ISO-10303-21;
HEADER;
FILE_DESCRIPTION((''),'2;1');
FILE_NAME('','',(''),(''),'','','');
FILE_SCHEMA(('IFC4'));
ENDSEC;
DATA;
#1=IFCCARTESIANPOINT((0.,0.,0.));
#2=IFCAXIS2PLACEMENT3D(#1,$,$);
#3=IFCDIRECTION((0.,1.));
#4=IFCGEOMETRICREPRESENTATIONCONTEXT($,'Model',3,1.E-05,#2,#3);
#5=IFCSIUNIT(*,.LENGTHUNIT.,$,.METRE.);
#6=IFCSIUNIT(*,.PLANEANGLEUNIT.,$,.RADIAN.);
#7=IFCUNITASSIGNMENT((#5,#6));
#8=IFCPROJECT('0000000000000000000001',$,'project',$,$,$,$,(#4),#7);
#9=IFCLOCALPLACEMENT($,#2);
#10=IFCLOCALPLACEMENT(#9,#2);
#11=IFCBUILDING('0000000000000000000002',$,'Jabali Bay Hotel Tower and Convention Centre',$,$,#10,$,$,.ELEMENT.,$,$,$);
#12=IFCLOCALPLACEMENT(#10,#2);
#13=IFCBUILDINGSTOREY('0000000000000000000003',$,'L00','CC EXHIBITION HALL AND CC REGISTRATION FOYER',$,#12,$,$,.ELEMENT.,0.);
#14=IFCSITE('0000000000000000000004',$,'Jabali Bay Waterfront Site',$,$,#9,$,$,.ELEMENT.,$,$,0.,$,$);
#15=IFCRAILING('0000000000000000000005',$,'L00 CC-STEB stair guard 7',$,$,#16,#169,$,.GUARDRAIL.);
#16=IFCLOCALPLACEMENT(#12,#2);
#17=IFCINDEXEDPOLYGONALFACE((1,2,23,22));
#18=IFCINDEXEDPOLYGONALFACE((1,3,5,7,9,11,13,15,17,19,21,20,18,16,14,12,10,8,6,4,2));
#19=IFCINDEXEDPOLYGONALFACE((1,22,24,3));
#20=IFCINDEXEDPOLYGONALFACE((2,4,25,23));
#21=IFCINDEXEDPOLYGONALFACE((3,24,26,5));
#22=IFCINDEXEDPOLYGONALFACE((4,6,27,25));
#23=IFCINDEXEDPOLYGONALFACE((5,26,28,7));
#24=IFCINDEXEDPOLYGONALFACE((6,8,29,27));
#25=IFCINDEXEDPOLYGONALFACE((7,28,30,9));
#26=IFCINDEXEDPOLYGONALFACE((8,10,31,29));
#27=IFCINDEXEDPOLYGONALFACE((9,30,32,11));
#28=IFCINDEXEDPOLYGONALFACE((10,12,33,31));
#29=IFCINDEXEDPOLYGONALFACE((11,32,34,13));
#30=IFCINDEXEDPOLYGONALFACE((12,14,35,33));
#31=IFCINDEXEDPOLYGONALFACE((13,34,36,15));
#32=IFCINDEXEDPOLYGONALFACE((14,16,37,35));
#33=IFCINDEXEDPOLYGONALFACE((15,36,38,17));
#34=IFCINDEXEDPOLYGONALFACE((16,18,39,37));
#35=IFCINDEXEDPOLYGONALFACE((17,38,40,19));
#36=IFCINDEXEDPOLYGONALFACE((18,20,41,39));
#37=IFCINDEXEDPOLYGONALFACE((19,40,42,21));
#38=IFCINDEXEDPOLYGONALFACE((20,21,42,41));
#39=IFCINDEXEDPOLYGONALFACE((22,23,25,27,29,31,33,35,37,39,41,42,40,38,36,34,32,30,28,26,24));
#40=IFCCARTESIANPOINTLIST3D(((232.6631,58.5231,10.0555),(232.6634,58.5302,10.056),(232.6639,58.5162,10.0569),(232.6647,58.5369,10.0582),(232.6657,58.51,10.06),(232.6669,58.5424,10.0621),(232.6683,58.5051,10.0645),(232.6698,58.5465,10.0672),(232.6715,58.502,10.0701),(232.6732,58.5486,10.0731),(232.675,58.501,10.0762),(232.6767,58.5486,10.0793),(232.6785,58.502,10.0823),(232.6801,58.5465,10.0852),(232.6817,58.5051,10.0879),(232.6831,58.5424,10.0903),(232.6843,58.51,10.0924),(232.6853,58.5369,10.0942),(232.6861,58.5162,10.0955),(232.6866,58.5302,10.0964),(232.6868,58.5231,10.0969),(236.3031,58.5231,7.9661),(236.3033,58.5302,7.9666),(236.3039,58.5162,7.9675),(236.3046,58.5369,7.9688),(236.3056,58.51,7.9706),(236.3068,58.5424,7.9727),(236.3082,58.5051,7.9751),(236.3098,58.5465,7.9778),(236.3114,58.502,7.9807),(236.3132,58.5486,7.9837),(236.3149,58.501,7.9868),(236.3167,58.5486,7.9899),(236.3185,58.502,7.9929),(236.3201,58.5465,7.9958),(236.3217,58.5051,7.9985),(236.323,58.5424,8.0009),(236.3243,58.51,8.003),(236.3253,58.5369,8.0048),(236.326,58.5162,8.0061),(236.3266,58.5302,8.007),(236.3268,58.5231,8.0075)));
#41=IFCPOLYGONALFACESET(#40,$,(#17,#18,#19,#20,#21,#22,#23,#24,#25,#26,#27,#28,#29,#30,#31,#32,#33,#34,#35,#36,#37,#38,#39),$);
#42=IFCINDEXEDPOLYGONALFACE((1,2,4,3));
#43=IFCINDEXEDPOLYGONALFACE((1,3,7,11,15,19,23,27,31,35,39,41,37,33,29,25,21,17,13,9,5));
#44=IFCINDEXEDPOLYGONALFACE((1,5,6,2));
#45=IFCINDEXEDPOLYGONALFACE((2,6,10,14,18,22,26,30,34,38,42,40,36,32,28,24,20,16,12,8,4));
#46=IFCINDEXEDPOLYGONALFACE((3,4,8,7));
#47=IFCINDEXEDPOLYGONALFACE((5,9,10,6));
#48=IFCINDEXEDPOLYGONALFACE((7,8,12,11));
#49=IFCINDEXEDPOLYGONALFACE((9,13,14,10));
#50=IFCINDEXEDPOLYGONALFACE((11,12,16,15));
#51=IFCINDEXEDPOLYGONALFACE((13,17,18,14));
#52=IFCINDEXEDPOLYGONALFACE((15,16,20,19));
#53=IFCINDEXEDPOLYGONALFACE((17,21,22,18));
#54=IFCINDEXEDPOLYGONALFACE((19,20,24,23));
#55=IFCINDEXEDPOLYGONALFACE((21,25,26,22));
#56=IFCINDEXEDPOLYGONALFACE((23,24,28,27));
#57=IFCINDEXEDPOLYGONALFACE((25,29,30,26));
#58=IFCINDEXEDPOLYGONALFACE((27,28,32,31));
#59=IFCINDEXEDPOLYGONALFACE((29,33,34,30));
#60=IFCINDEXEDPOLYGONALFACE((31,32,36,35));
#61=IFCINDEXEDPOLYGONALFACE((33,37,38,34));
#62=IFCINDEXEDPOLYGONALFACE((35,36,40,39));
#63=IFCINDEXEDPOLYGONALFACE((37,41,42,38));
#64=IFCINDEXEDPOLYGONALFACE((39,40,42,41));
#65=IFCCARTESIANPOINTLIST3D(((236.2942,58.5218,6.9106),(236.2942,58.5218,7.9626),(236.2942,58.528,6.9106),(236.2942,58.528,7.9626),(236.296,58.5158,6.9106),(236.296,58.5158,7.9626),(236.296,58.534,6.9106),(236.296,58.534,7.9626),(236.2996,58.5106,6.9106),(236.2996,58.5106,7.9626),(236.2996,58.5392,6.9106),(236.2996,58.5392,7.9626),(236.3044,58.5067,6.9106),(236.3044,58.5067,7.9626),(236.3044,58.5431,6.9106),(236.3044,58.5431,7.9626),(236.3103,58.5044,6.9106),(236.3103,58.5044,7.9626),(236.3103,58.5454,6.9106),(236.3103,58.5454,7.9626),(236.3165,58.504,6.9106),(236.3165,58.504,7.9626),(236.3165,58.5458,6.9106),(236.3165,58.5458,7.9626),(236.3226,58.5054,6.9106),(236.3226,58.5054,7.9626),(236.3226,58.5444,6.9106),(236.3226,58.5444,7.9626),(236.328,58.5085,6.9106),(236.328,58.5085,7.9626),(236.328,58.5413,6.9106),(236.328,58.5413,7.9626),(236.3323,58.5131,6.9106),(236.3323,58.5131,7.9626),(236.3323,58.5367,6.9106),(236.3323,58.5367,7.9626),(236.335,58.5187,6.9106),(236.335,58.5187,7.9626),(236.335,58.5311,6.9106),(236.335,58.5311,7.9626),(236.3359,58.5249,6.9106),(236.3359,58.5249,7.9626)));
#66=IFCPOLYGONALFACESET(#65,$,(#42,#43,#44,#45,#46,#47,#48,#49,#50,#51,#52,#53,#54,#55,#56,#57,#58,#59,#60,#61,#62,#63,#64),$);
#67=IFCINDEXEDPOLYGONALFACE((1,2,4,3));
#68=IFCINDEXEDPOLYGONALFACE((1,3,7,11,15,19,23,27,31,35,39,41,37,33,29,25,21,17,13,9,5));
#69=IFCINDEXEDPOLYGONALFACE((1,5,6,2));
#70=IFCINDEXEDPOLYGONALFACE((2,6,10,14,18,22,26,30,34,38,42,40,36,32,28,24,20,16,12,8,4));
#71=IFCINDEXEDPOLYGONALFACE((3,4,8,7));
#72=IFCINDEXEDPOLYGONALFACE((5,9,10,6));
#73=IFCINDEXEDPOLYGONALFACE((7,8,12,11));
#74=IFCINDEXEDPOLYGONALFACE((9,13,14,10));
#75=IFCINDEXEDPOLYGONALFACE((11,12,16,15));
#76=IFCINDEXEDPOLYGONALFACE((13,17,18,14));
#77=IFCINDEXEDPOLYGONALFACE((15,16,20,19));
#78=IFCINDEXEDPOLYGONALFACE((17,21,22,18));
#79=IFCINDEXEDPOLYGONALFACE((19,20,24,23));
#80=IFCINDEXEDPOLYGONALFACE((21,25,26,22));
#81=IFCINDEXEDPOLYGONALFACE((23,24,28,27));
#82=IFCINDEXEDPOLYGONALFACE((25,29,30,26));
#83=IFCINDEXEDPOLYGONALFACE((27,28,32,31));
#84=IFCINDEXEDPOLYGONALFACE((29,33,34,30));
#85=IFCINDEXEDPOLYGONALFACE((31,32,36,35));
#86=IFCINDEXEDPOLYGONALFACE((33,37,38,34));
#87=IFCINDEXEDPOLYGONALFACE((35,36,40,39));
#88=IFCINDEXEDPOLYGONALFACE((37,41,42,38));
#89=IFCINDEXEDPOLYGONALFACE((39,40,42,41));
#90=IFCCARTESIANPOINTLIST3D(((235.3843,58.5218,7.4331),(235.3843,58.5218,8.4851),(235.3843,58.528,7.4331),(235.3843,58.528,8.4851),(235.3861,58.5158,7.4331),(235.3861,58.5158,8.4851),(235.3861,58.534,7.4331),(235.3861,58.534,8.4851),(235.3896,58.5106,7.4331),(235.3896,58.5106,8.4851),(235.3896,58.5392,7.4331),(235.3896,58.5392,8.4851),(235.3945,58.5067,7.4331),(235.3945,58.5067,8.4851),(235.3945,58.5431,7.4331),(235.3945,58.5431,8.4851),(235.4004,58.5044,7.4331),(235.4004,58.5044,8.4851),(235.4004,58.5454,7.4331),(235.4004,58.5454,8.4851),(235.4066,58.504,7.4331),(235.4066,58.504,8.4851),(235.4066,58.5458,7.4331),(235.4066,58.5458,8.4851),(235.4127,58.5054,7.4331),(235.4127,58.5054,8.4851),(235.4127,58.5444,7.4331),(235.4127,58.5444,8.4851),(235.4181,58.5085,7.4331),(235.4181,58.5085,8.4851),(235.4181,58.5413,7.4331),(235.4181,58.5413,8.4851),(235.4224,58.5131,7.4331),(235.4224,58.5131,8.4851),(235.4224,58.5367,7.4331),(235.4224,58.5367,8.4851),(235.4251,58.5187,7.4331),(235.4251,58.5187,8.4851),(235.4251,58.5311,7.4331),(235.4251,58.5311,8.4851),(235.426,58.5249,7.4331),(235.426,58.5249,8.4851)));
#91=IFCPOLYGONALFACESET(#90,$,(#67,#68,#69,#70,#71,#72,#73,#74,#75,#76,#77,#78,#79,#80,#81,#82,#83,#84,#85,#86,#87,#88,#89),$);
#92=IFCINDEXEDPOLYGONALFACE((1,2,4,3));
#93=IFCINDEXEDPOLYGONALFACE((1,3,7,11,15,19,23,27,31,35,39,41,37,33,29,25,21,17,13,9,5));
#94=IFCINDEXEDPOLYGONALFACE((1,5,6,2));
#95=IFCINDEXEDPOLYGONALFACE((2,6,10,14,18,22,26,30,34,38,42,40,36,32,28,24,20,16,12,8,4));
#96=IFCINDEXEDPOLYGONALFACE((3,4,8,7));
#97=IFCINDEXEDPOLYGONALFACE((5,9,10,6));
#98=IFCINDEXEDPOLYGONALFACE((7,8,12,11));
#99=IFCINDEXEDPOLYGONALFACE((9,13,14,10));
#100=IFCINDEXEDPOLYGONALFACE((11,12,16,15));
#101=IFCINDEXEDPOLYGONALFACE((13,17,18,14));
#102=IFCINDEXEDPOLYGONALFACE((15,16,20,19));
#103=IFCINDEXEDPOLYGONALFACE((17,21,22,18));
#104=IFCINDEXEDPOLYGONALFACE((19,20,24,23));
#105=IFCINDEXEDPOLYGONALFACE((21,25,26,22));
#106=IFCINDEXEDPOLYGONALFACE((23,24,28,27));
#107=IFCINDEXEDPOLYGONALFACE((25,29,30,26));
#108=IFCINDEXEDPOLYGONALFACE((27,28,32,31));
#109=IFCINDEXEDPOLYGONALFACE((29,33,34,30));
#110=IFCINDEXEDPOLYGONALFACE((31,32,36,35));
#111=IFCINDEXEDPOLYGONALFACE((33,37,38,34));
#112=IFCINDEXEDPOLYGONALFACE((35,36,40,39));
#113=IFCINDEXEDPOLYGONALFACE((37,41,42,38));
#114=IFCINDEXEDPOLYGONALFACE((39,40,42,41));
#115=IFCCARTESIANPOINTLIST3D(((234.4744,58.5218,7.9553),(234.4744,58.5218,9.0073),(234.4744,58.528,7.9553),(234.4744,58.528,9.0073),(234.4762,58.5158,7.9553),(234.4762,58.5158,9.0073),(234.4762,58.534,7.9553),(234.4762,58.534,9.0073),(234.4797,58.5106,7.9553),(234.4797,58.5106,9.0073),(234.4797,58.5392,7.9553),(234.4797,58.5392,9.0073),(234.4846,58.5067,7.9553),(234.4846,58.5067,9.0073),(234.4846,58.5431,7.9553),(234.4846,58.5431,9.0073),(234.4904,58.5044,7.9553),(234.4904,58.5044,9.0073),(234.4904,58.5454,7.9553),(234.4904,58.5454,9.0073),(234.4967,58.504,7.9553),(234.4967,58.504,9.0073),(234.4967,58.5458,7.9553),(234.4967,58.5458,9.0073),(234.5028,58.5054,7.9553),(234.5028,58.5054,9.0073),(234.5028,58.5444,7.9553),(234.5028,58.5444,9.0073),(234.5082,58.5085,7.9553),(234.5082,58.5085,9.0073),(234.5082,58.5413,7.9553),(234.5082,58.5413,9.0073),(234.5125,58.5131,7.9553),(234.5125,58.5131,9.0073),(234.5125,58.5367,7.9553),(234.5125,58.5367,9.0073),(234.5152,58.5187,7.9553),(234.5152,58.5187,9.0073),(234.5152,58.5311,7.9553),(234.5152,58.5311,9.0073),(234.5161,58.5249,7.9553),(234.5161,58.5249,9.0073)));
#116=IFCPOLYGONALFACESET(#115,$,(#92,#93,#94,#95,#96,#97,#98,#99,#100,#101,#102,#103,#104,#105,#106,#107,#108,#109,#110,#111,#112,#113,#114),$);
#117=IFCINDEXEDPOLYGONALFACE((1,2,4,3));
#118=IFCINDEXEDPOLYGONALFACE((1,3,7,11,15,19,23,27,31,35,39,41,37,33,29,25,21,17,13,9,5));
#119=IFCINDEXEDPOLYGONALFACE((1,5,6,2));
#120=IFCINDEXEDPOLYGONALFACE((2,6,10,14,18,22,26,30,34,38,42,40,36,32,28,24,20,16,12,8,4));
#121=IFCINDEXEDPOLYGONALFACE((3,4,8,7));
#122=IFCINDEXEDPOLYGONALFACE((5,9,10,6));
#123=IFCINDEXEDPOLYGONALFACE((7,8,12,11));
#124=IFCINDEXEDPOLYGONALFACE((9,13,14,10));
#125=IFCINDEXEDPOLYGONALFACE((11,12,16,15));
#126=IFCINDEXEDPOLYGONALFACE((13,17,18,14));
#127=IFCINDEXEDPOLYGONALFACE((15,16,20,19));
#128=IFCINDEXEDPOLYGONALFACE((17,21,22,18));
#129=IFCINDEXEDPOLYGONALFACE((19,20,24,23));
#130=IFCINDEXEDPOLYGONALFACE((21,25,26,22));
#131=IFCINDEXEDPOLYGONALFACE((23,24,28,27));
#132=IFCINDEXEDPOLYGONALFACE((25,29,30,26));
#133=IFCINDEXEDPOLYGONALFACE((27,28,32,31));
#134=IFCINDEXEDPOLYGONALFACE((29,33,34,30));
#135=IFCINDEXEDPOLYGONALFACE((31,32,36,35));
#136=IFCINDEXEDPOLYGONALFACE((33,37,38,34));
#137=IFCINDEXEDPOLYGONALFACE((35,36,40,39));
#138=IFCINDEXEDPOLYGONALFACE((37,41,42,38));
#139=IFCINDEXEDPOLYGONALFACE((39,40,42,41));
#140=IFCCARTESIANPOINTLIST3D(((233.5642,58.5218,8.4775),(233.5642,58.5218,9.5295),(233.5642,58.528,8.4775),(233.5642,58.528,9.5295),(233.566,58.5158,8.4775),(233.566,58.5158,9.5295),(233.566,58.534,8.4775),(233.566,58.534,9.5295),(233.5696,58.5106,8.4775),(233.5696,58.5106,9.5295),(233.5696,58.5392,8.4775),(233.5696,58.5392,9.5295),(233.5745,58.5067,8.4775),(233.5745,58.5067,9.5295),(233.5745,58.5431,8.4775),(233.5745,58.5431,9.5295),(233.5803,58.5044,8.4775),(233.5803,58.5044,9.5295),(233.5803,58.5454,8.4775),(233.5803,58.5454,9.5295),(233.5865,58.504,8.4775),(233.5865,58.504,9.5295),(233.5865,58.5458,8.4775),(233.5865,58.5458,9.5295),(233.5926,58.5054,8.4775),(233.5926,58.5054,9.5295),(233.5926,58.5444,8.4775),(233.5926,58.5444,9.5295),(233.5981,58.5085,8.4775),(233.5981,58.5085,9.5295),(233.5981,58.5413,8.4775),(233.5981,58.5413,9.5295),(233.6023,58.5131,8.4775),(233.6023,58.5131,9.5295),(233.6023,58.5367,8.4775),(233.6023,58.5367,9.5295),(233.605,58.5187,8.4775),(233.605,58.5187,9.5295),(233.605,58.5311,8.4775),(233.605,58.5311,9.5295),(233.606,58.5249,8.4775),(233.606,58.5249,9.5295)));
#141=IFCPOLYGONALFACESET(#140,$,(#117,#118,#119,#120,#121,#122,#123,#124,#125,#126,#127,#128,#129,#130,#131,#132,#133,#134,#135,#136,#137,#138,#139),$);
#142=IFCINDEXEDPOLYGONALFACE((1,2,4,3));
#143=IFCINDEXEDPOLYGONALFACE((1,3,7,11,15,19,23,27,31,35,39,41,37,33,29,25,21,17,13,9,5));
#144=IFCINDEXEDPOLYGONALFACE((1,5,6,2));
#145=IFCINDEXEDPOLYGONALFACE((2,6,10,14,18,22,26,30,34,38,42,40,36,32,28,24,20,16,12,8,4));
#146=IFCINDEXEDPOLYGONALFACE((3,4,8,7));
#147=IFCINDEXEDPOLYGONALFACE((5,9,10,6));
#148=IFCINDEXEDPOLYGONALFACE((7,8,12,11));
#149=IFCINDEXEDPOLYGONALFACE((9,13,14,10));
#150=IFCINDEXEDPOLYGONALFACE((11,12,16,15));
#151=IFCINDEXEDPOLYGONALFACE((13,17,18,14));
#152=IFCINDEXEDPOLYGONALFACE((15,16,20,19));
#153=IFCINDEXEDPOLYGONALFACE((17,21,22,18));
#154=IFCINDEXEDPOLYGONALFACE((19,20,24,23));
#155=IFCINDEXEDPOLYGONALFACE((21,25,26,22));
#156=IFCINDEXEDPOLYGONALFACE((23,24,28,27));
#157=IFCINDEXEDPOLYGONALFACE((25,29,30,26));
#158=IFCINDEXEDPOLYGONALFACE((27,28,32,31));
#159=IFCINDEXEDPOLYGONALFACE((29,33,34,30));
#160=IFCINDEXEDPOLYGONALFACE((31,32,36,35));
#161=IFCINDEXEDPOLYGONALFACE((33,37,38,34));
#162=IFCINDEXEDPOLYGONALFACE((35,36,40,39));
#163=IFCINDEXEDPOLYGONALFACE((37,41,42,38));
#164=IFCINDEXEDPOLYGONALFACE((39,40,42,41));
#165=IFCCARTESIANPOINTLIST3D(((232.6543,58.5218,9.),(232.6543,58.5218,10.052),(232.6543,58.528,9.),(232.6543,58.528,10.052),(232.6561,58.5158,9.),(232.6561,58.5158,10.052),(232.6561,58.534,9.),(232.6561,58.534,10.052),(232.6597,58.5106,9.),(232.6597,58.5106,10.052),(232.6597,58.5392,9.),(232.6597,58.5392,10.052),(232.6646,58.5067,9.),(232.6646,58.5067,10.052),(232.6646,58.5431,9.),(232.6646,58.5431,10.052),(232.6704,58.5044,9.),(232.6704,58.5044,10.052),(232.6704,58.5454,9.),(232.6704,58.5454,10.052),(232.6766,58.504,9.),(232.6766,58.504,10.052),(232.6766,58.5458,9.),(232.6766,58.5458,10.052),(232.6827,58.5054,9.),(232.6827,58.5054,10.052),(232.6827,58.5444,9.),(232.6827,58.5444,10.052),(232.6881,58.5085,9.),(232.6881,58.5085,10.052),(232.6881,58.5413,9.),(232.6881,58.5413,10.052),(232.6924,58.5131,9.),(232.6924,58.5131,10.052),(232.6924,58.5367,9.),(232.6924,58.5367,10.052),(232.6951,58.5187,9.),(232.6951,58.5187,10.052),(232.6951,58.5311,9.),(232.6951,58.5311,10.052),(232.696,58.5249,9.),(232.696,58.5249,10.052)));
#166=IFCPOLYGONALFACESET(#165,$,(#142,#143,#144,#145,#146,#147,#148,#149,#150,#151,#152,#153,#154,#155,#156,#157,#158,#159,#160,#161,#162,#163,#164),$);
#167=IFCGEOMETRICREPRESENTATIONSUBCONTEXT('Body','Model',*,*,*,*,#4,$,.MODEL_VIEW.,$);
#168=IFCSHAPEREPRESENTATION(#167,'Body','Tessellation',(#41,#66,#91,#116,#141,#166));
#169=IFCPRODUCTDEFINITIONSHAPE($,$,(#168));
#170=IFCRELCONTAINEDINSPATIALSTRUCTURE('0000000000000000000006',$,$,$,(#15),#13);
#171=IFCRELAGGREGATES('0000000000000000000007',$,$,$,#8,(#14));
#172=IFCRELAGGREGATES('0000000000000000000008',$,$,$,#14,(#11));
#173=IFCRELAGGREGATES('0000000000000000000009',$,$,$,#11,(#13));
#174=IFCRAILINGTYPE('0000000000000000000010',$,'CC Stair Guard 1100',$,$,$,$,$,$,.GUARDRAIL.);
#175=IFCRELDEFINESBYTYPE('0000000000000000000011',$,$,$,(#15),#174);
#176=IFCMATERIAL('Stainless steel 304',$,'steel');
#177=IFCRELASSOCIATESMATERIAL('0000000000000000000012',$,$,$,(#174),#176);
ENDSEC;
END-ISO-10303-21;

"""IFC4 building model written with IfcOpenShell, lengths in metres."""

from ifc_helpers import new_model, si_unit, direction, frame, origin, origin_2d, place, context, subcontext, project, spatial, circle, extrude, material, type_object, element, save


model = new_model("IFC4")

# Units and contexts
model_context = context("Model", 3, precision=1e-05, world=origin(), true_north=direction((0.0, 1.0)))
body_context = subcontext(model_context, "Body", "Model", "MODEL_VIEW")
ifc_project = project(units=[si_unit("LENGTHUNIT", "METRE"), si_unit("PLANEANGLEUNIT", "RADIAN")], contexts=[model_context])

# Site, building, storey
site_placement = place(None, origin())
site = spatial("IfcSite", under=ifc_project, at=site_placement, Name="Jabali Bay Waterfront Site", CompositionType="ELEMENT", RefElevation=0.0)
building_placement = place(site_placement, origin())
building = spatial("IfcBuilding", under=site, at=building_placement, Name="Jabali Bay Hotel Tower and Convention Centre", CompositionType="ELEMENT")
storey_placement = place(building_placement, origin())
storey = spatial("IfcBuildingStorey", under=building, at=storey_placement, Name="L00", Description="CC EXHIBITION HALL AND CC REGISTRATION FOYER", CompositionType="ELEMENT", Elevation=0.0)

# Railing
ifc_material_1 = material(Name="Stainless steel 304", Category="steel")
railing_type_1 = type_object("IfcRailingType", Name="CC Stair Guard 1100", PredefinedType="GUARDRAIL", material=ifc_material_1)
railing_1_placement = place(storey_placement, frame((236.3149, 58.5249, 6.9106)))
element("IfcRailing", 1, at=railing_1_placement, inside=storey, type_object=railing_type_1, Name="L00 CC-STEB stair guard 7", PredefinedType="GUARDRAIL", context=body_context, shape_type="SweptSolid", body=[
    extrude(circle(Radius=0.0239, at=origin_2d()), frame((0.0, 0.0, 1.0762), z_axis=(-0.867275, 0.0, 0.497829), x_axis=(0.0, -1.0, 0.0)), (0.0, 0.0, 1.0), 4.197),
    extrude(circle(Radius=0.021, at=origin_2d()), origin(), (0.0, 0.0, 1.0), 1.052),
    extrude(circle(Radius=0.021, at=origin_2d()), frame((-0.9099, 0.0, 0.5225)), (0.0, 0.0, 1.0), 1.052),
    extrude(circle(Radius=0.021, at=origin_2d()), frame((-1.8198, 0.0, 1.0447)), (0.0, 0.0, 1.0), 1.052),
    extrude(circle(Radius=0.021, at=origin_2d()), frame((-2.73, 0.0, 1.5669)), (0.0, 0.0, 1.0), 1.052),
    extrude(circle(Radius=0.021, at=origin_2d()), frame((-3.6399, 0.0, 2.0894)), (0.0, 0.0, 1.0), 1.052),
])

save(model, "model.ifc")
